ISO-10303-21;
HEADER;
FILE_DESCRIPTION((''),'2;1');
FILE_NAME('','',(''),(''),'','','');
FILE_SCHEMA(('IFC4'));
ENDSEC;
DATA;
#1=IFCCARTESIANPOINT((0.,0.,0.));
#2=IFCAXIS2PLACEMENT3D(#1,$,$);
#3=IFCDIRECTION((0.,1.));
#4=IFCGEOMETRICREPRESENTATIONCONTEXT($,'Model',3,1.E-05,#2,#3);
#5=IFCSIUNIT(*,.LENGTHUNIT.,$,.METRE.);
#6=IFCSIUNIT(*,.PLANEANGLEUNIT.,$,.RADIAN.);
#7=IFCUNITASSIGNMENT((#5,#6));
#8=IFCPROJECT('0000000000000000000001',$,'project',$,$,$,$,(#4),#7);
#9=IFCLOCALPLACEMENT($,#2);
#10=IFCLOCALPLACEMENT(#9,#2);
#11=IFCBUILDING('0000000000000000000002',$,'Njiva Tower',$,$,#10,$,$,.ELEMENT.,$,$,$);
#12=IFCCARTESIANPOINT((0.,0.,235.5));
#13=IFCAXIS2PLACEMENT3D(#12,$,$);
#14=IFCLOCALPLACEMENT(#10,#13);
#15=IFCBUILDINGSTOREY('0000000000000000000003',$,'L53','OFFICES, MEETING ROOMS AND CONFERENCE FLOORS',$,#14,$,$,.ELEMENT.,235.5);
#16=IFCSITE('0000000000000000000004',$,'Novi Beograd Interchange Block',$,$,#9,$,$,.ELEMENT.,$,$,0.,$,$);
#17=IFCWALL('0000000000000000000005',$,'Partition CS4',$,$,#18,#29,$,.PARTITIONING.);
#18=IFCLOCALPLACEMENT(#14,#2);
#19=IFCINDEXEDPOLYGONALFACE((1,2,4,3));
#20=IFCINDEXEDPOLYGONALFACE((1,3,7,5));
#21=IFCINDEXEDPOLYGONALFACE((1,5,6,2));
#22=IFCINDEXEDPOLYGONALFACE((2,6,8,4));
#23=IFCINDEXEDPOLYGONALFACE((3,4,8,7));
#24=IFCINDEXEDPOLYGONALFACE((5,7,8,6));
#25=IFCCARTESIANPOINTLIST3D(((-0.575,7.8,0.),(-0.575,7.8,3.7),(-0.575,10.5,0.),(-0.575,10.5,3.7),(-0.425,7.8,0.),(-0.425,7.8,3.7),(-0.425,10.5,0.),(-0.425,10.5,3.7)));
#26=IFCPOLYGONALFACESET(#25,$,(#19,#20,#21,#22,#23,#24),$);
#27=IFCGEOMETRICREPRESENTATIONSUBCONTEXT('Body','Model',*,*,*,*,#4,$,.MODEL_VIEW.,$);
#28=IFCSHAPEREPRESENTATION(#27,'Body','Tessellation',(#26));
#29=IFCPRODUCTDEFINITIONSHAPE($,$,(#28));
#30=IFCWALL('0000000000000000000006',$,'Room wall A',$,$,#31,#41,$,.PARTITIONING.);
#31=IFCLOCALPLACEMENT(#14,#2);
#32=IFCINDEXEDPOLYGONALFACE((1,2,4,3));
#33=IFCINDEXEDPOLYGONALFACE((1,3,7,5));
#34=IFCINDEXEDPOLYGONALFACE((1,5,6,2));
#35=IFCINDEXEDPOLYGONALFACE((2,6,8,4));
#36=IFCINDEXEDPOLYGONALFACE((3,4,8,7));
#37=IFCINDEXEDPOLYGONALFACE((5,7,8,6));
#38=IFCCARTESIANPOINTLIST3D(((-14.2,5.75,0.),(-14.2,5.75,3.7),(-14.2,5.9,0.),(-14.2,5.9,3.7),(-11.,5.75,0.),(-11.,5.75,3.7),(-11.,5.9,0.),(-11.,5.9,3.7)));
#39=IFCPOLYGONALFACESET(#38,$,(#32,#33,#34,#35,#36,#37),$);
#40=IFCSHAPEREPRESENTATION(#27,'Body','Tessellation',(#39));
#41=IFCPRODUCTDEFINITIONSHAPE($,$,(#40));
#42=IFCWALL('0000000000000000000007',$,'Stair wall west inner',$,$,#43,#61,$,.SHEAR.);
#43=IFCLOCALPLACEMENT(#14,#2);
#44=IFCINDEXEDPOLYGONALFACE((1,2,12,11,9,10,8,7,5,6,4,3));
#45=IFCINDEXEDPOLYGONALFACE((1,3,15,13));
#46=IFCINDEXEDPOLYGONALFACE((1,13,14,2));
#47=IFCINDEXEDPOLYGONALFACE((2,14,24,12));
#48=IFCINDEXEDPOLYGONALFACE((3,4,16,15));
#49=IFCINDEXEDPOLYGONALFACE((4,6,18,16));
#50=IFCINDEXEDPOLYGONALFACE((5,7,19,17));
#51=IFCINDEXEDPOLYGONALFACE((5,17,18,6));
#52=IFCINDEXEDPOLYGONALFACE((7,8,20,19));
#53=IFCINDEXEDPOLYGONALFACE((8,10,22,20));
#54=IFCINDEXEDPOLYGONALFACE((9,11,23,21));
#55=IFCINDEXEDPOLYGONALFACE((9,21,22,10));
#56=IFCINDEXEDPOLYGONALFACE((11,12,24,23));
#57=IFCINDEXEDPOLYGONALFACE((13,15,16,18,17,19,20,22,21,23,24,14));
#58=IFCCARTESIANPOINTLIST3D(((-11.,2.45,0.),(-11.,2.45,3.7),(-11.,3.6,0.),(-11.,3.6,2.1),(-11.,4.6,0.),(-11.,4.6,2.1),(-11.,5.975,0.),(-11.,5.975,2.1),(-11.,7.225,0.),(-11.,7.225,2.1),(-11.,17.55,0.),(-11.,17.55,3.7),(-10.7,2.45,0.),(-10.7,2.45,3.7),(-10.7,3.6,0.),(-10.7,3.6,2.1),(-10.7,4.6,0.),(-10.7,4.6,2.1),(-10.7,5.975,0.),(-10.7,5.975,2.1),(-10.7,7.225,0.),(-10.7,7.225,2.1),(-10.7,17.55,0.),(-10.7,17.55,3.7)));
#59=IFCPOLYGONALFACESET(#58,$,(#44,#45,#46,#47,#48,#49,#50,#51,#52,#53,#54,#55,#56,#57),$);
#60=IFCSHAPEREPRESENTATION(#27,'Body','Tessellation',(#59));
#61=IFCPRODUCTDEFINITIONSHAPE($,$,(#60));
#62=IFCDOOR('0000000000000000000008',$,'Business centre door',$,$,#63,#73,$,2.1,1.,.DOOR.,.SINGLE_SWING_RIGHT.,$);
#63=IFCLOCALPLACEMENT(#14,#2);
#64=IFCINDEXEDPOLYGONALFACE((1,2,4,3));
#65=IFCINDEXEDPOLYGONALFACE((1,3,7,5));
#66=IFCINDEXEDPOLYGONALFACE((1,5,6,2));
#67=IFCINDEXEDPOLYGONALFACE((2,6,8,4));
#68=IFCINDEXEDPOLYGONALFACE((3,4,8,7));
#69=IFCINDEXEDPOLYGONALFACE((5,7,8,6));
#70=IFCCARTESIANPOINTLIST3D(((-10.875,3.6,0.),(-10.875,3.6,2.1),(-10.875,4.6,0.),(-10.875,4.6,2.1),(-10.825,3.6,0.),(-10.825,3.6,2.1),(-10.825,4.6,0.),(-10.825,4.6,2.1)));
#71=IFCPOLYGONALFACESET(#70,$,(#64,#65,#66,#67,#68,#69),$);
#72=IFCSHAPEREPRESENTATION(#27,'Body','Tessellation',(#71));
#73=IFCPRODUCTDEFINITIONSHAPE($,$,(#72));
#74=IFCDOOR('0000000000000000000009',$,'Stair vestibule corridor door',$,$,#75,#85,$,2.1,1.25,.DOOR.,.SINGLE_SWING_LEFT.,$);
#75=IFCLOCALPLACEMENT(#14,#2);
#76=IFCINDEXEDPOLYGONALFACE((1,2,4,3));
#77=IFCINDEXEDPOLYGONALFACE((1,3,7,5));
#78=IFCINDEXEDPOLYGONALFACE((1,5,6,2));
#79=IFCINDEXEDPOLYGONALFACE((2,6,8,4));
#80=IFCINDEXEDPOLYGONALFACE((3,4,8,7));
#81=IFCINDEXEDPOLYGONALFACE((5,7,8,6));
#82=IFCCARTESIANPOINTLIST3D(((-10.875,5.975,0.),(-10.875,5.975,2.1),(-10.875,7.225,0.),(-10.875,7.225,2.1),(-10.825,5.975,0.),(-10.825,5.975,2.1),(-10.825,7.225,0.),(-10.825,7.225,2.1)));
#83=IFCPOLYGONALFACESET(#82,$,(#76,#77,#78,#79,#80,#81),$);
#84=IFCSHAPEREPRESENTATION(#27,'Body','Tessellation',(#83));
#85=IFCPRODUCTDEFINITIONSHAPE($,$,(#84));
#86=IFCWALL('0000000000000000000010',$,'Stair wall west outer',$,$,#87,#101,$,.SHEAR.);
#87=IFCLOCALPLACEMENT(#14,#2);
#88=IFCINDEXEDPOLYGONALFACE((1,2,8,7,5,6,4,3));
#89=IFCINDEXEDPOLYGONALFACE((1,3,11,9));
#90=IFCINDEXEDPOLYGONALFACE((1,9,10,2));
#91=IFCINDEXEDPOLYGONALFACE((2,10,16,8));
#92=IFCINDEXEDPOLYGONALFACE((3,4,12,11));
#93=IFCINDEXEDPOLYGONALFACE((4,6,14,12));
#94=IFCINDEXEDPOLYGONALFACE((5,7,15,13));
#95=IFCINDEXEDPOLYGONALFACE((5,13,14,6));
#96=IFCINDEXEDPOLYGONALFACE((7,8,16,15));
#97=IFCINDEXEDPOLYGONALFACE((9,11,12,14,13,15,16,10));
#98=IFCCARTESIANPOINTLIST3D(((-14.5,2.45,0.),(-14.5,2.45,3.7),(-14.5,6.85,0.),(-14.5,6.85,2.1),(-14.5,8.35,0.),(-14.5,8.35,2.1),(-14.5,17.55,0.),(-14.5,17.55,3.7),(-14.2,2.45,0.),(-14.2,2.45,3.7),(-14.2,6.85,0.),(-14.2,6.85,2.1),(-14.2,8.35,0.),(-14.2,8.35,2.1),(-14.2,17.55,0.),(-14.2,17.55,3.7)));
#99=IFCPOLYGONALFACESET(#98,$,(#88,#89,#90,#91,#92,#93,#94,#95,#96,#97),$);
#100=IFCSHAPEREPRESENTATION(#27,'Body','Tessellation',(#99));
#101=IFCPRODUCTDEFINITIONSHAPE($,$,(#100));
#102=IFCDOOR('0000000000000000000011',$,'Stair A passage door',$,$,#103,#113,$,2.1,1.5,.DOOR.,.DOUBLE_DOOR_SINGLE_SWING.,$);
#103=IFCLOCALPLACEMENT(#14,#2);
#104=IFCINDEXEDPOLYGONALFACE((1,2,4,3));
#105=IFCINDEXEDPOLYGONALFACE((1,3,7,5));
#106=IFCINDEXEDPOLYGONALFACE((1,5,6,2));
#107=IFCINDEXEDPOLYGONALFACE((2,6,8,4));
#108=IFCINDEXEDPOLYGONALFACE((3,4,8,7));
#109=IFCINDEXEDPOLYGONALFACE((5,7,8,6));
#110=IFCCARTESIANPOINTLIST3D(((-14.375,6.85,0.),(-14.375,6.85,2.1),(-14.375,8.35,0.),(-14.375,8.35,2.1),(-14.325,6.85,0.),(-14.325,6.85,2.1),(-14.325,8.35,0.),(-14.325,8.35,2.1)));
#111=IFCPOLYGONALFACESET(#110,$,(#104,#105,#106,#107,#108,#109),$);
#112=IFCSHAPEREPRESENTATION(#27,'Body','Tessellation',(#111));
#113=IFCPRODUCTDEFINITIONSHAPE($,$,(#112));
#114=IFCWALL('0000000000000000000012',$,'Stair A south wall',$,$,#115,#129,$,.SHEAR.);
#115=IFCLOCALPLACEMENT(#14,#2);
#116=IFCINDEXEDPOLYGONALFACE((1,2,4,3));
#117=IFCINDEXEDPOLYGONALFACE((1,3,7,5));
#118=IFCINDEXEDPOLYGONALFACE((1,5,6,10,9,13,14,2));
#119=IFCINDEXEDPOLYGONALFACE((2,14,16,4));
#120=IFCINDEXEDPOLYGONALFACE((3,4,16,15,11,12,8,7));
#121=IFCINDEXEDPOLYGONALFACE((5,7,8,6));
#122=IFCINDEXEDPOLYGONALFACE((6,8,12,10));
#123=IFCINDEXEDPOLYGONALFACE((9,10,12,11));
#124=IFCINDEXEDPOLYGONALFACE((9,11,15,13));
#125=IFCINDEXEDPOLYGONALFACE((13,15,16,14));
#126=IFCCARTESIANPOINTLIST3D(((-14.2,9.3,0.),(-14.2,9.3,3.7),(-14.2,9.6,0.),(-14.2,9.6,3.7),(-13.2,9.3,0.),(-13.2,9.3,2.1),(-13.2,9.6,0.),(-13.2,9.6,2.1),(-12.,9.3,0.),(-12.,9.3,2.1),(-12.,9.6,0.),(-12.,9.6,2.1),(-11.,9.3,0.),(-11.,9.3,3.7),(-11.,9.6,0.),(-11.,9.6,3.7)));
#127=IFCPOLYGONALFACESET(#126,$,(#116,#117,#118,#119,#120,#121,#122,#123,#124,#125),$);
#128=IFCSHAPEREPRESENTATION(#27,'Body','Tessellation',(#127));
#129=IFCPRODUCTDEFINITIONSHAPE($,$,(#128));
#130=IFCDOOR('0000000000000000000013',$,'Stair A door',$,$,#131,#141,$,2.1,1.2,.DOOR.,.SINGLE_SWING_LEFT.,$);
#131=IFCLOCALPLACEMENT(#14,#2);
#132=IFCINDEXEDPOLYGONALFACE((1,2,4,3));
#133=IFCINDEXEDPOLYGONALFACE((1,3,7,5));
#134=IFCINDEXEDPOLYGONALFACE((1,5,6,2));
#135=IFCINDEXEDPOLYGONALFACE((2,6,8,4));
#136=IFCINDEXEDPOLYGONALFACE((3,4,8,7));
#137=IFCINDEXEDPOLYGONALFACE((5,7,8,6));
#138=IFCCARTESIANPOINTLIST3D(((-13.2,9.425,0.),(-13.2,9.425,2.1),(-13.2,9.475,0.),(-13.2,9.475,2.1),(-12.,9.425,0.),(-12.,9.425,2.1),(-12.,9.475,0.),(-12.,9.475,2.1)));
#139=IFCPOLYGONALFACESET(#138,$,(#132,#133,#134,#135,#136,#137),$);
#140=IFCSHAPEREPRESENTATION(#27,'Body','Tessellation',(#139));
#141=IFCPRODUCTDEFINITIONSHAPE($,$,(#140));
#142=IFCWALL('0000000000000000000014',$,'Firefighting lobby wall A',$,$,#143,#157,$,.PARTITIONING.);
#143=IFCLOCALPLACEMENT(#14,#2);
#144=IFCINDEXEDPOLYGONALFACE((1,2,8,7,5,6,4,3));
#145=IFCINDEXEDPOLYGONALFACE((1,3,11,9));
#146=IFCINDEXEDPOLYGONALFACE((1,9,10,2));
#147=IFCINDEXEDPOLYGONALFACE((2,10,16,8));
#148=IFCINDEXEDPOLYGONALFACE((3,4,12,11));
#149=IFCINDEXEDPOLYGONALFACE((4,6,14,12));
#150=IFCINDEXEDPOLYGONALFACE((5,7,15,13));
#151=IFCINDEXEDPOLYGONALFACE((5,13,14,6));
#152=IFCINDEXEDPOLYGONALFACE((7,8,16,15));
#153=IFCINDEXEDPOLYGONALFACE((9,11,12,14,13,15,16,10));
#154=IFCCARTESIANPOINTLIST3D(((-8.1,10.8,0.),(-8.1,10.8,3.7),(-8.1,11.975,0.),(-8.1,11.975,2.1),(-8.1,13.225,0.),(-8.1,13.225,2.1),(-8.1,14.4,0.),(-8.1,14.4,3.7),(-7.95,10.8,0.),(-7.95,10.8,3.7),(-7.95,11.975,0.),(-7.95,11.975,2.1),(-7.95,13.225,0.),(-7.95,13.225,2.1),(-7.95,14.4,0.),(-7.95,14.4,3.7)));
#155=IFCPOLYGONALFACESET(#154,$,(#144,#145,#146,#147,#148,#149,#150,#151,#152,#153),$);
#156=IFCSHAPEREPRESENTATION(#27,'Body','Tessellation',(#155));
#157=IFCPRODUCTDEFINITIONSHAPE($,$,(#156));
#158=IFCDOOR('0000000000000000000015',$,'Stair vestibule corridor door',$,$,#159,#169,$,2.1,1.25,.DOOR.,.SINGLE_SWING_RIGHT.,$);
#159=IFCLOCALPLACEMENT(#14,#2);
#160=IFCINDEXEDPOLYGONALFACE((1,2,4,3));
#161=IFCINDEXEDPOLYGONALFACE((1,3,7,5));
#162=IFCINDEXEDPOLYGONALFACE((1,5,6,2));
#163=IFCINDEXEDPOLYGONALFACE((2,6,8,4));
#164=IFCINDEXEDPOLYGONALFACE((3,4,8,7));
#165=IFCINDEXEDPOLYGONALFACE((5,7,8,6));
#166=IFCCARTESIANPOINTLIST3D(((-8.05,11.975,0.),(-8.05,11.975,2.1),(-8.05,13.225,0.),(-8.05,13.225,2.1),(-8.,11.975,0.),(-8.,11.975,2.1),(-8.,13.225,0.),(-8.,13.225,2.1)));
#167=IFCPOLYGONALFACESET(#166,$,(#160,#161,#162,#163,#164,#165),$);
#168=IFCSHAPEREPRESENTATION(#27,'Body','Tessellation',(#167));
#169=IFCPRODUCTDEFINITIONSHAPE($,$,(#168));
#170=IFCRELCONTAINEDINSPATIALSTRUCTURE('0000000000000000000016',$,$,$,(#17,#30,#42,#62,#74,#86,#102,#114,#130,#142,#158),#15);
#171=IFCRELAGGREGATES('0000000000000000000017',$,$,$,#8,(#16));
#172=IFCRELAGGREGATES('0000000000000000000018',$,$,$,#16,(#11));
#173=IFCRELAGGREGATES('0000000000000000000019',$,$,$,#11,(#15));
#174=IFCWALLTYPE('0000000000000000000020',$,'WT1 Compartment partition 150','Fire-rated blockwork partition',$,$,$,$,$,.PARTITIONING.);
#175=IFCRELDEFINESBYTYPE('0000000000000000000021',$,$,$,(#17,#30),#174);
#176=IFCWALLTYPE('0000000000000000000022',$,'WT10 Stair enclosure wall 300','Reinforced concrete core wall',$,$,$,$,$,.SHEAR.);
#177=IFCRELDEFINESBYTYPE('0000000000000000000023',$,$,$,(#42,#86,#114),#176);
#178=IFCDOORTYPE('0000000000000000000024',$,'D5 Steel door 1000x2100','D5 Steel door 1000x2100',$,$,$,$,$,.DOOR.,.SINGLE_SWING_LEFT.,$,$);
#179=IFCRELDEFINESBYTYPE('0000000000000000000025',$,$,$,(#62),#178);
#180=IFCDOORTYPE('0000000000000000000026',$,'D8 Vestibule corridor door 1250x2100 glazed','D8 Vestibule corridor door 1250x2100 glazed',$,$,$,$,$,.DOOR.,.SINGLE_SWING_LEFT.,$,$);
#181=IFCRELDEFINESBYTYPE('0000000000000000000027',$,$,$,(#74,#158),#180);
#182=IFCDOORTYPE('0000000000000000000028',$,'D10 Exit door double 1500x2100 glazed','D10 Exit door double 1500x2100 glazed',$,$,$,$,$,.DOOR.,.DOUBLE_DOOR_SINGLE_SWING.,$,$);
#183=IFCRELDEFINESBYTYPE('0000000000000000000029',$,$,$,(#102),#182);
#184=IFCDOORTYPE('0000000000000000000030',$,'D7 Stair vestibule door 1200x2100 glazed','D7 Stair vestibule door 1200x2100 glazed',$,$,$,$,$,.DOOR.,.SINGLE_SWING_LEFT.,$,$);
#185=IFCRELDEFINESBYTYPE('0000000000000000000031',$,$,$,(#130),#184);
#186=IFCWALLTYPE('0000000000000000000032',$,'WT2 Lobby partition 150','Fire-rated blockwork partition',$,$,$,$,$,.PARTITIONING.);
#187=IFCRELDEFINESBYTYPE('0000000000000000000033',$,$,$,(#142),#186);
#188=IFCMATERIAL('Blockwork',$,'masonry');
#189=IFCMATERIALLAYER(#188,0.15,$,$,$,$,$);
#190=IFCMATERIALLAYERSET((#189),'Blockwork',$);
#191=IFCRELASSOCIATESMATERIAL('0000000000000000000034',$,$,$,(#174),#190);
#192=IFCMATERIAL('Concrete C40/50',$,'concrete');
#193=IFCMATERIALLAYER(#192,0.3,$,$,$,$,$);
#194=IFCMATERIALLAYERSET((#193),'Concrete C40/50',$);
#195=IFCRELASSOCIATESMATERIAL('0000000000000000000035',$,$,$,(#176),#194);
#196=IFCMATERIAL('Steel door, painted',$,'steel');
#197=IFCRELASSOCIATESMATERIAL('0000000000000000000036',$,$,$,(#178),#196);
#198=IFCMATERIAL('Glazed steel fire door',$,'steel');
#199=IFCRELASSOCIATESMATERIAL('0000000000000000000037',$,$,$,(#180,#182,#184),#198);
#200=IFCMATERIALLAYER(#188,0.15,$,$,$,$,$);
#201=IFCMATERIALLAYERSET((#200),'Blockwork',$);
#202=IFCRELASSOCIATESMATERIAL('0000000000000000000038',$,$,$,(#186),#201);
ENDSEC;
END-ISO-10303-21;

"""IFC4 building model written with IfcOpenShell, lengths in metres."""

from ifc_helpers import new_model, si_unit, direction, frame, frame_2d, origin, place, context, subcontext, project, spatial, rectangle, extrude, material, layer, layer_set, type_object, element, fill, save


model = new_model("IFC4")

# Units and contexts
model_context = context("Model", 3, precision=1e-05, world=origin(), true_north=direction((0.0, 1.0)))
body_context = subcontext(model_context, "Body", "Model", "MODEL_VIEW")
ifc_project = project(units=[si_unit("LENGTHUNIT", "METRE"), si_unit("PLANEANGLEUNIT", "RADIAN")], contexts=[model_context])

# Site, building, storey
site_placement = place(None, origin())
site = spatial("IfcSite", under=ifc_project, at=site_placement, Name="Novi Beograd Interchange Block", CompositionType="ELEMENT", RefElevation=0.0)
building_placement = place(site_placement, origin())
building = spatial("IfcBuilding", under=site, at=building_placement, Name="Njiva Tower", CompositionType="ELEMENT")
storey_placement = place(building_placement, frame((0.0, 0.0, 235.5)))
storey = spatial("IfcBuildingStorey", under=building, at=storey_placement, Name="L53", Description="OFFICES, MEETING ROOMS AND CONFERENCE FLOORS", CompositionType="ELEMENT", Elevation=235.5)

# Walls
ifc_material_1 = material(Name="Blockwork", Category="masonry")
ifc_layer_1 = layer(ifc_material_1, 0.15)
ifc_layer_set_1 = layer_set([ifc_layer_1], Name="Blockwork")
wall_type_1 = type_object("IfcWallType", Name="WT1 Compartment partition 150", Description="Fire-rated blockwork partition", PredefinedType="PARTITIONING", material=ifc_layer_set_1)
wall_1_placement = place(storey_placement, frame((-0.5, 7.8, 0.0), z_axis=(0.0, 0.0, 1.0), x_axis=(0.0, 1.0, 0.0)))
element("IfcWall", 1, at=wall_1_placement, inside=storey, type_object=wall_type_1, Name="Partition CS4", PredefinedType="PARTITIONING", context=body_context, shape_type="SweptSolid", body=[
    extrude(rectangle(XDim=2.7, YDim=0.15, at=frame_2d((1.35, 0.0))), origin(), (0.0, 0.0, 1.0), 3.7),
])
wall_2_placement = place(storey_placement, frame((-14.2, 5.825, 0.0), z_axis=(0.0, 0.0, 1.0), x_axis=(1.0, 0.0, 0.0)))
element("IfcWall", 2, at=wall_2_placement, inside=storey, type_object=wall_type_1, Name="Room wall A", PredefinedType="PARTITIONING", context=body_context, shape_type="SweptSolid", body=[
    extrude(rectangle(XDim=3.2, YDim=0.15, at=frame_2d((1.6, 0.0))), origin(), (0.0, 0.0, 1.0), 3.7),
])

# Wall, openings, doors
ifc_material_2 = material(Name="Concrete C40/50", Category="concrete")
ifc_layer_2 = layer(ifc_material_2, 0.3)
ifc_layer_set_2 = layer_set([ifc_layer_2], Name="Concrete C40/50")
wall_type_2 = type_object("IfcWallType", Name="WT10 Stair enclosure wall 300", Description="Reinforced concrete core wall", PredefinedType="SHEAR", material=ifc_layer_set_2)
wall_3_placement = place(storey_placement, frame((-10.85, 2.45, 0.0), z_axis=(0.0, 0.0, 1.0), x_axis=(0.0, 1.0, 0.0)))
wall_3 = element("IfcWall", 3, at=wall_3_placement, inside=storey, type_object=wall_type_2, Name="Stair wall west inner", PredefinedType="SHEAR", context=body_context, shape_type="SweptSolid", body=[
    extrude(rectangle(XDim=15.1, YDim=0.3, at=frame_2d((7.55, 0.0))), origin(), (0.0, 0.0, 1.0), 3.7),
])
opening_1_placement = place(wall_3_placement, frame((3.525, 0.0, 0.0)))
opening_1 = element("IfcOpeningElement", 4, at=opening_1_placement, cuts=wall_3, PredefinedType="OPENING", context=body_context, shape_type="SweptSolid", body=[
    extrude(rectangle(XDim=1.25, YDim=2.1, at=frame_2d((0.625, 1.05))), frame((0.0, 0.16, 0.0), z_axis=(0.0, -1.0, 0.0), x_axis=(1.0, 0.0, 0.0)), (0.0, 0.0, 1.0), 0.32),
])
opening_2_placement = place(wall_3_placement, frame((1.15, 0.0, 0.0)))
opening_2 = element("IfcOpeningElement", 5, at=opening_2_placement, cuts=wall_3, PredefinedType="OPENING", context=body_context, shape_type="SweptSolid", body=[
    extrude(rectangle(XDim=1.0, YDim=2.1, at=frame_2d((0.5, 1.05))), frame((0.0, 0.16, 0.0), z_axis=(0.0, -1.0, 0.0), x_axis=(1.0, 0.0, 0.0)), (0.0, 0.0, 1.0), 0.32),
])
ifc_material_3 = material(Name="Steel door, painted", Category="steel")
door_type_1 = type_object("IfcDoorType", Name="D5 Steel door 1000x2100", Description="D5 Steel door 1000x2100", OperationType="SINGLE_SWING_LEFT", PredefinedType="DOOR", material=ifc_material_3)
door_1_placement = place(opening_2_placement, origin())
door_1 = element("IfcDoor", 6, at=door_1_placement, inside=storey, type_object=door_type_1, Name="Business centre door", OperationType="SINGLE_SWING_RIGHT", OverallHeight=2.1, OverallWidth=1.0, PredefinedType="DOOR", context=body_context, shape_type="SweptSolid", body=[
    extrude(rectangle(XDim=1.0, YDim=2.1, at=frame_2d((0.5, 1.05))), frame((0.0, 0.025, 0.0), z_axis=(0.0, -1.0, 0.0), x_axis=(1.0, 0.0, 0.0)), (0.0, 0.0, 1.0), 0.05),
])
fill(opening_2, door_1)
ifc_material_4 = material(Name="Glazed steel fire door", Category="steel")
door_type_2 = type_object("IfcDoorType", Name="D8 Vestibule corridor door 1250x2100 glazed", Description="D8 Vestibule corridor door 1250x2100 glazed", OperationType="SINGLE_SWING_LEFT", PredefinedType="DOOR", material=ifc_material_4)
door_2_placement = place(opening_1_placement, origin())
door_2 = element("IfcDoor", 7, at=door_2_placement, inside=storey, type_object=door_type_2, Name="Stair vestibule corridor door", OperationType="SINGLE_SWING_LEFT", OverallHeight=2.1, OverallWidth=1.25, PredefinedType="DOOR", context=body_context, shape_type="SweptSolid", body=[
    extrude(rectangle(XDim=1.25, YDim=2.1, at=frame_2d((0.625, 1.05))), frame((0.0, 0.025, 0.0), z_axis=(0.0, -1.0, 0.0), x_axis=(1.0, 0.0, 0.0)), (0.0, 0.0, 1.0), 0.05),
])
fill(opening_1, door_2)

# Walls, openings, doors
wall_4_placement = place(storey_placement, frame((-14.35, 2.45, 0.0), z_axis=(0.0, 0.0, 1.0), x_axis=(0.0, 1.0, 0.0)))
wall_4 = element("IfcWall", 8, at=wall_4_placement, inside=storey, type_object=wall_type_2, Name="Stair wall west outer", PredefinedType="SHEAR", context=body_context, shape_type="SweptSolid", body=[
    extrude(rectangle(XDim=15.1, YDim=0.3, at=frame_2d((7.55, 0.0))), origin(), (0.0, 0.0, 1.0), 3.7),
])
opening_3_placement = place(wall_4_placement, frame((4.4, 0.0, 0.0)))
opening_3 = element("IfcOpeningElement", 9, at=opening_3_placement, cuts=wall_4, PredefinedType="OPENING", context=body_context, shape_type="SweptSolid", body=[
    extrude(rectangle(XDim=1.5, YDim=2.1, at=frame_2d((0.75, 1.05))), frame((0.0, 0.16, 0.0), z_axis=(0.0, -1.0, 0.0), x_axis=(1.0, 0.0, 0.0)), (0.0, 0.0, 1.0), 0.32),
])
door_type_3 = type_object("IfcDoorType", Name="D10 Exit door double 1500x2100 glazed", Description="D10 Exit door double 1500x2100 glazed", OperationType="DOUBLE_DOOR_SINGLE_SWING", PredefinedType="DOOR", material=ifc_material_4)
door_3_placement = place(opening_3_placement, origin())
door_3 = element("IfcDoor", 10, at=door_3_placement, inside=storey, type_object=door_type_3, Name="Stair A passage door", OperationType="DOUBLE_DOOR_SINGLE_SWING", OverallHeight=2.1, OverallWidth=1.5, PredefinedType="DOOR", context=body_context, shape_type="SweptSolid", body=[
    extrude(rectangle(XDim=1.5, YDim=2.1, at=frame_2d((0.75, 1.05))), frame((0.0, 0.025, 0.0), z_axis=(0.0, -1.0, 0.0), x_axis=(1.0, 0.0, 0.0)), (0.0, 0.0, 1.0), 0.05),
])
fill(opening_3, door_3)
wall_5_placement = place(storey_placement, frame((-14.2, 9.45, 0.0), z_axis=(0.0, 0.0, 1.0), x_axis=(1.0, 0.0, 0.0)))
wall_5 = element("IfcWall", 11, at=wall_5_placement, inside=storey, type_object=wall_type_2, Name="Stair A south wall", PredefinedType="SHEAR", context=body_context, shape_type="SweptSolid", body=[
    extrude(rectangle(XDim=3.2, YDim=0.3, at=frame_2d((1.6, 0.0))), origin(), (0.0, 0.0, 1.0), 3.7),
])
opening_4_placement = place(wall_5_placement, frame((1.0, 0.0, 0.0)))
opening_4 = element("IfcOpeningElement", 12, at=opening_4_placement, cuts=wall_5, PredefinedType="OPENING", context=body_context, shape_type="SweptSolid", body=[
    extrude(rectangle(XDim=1.2, YDim=2.1, at=frame_2d((0.6, 1.05))), frame((0.0, 0.16, 0.0), z_axis=(0.0, -1.0, 0.0), x_axis=(1.0, 0.0, 0.0)), (0.0, 0.0, 1.0), 0.32),
])
door_type_4 = type_object("IfcDoorType", Name="D7 Stair vestibule door 1200x2100 glazed", Description="D7 Stair vestibule door 1200x2100 glazed", OperationType="SINGLE_SWING_LEFT", PredefinedType="DOOR", material=ifc_material_4)
door_4_placement = place(opening_4_placement, origin())
door_4 = element("IfcDoor", 13, at=door_4_placement, inside=storey, type_object=door_type_4, Name="Stair A door", OperationType="SINGLE_SWING_LEFT", OverallHeight=2.1, OverallWidth=1.2, PredefinedType="DOOR", context=body_context, shape_type="SweptSolid", body=[
    extrude(rectangle(XDim=1.2, YDim=2.1, at=frame_2d((0.6, 1.05))), frame((0.0, 0.025, 0.0), z_axis=(0.0, -1.0, 0.0), x_axis=(1.0, 0.0, 0.0)), (0.0, 0.0, 1.0), 0.05),
])
fill(opening_4, door_4)
ifc_layer_3 = layer(ifc_material_1, 0.15)
ifc_layer_set_3 = layer_set([ifc_layer_3], Name="Blockwork")
wall_type_3 = type_object("IfcWallType", Name="WT2 Lobby partition 150", Description="Fire-rated blockwork partition", PredefinedType="PARTITIONING", material=ifc_layer_set_3)
wall_6_placement = place(storey_placement, frame((-8.025, 10.8, 0.0), z_axis=(0.0, 0.0, 1.0), x_axis=(0.0, 1.0, 0.0)))
wall_6 = element("IfcWall", 14, at=wall_6_placement, inside=storey, type_object=wall_type_3, Name="Firefighting lobby wall A", PredefinedType="PARTITIONING", context=body_context, shape_type="SweptSolid", body=[
    extrude(rectangle(XDim=3.6, YDim=0.15, at=frame_2d((1.8, 0.0))), origin(), (0.0, 0.0, 1.0), 3.7),
])
opening_5_placement = place(wall_6_placement, frame((1.175, 0.0, 0.0)))
opening_5 = element("IfcOpeningElement", 15, at=opening_5_placement, cuts=wall_6, PredefinedType="OPENING", context=body_context, shape_type="SweptSolid", body=[
    extrude(rectangle(XDim=1.25, YDim=2.1, at=frame_2d((0.625, 1.05))), frame((0.0, 0.085, 0.0), z_axis=(0.0, -1.0, 0.0), x_axis=(1.0, 0.0, 0.0)), (0.0, 0.0, 1.0), 0.17),
])
door_5_placement = place(opening_5_placement, origin())
door_5 = element("IfcDoor", 16, at=door_5_placement, inside=storey, type_object=door_type_2, Name="Stair vestibule corridor door", OperationType="SINGLE_SWING_RIGHT", OverallHeight=2.1, OverallWidth=1.25, PredefinedType="DOOR", context=body_context, shape_type="SweptSolid", body=[
    extrude(rectangle(XDim=1.25, YDim=2.1, at=frame_2d((0.625, 1.05))), frame((0.0, 0.025, 0.0), z_axis=(0.0, -1.0, 0.0), x_axis=(1.0, 0.0, 0.0)), (0.0, 0.0, 1.0), 0.05),
])
fill(opening_5, door_5)

save(model, "model.ifc")
